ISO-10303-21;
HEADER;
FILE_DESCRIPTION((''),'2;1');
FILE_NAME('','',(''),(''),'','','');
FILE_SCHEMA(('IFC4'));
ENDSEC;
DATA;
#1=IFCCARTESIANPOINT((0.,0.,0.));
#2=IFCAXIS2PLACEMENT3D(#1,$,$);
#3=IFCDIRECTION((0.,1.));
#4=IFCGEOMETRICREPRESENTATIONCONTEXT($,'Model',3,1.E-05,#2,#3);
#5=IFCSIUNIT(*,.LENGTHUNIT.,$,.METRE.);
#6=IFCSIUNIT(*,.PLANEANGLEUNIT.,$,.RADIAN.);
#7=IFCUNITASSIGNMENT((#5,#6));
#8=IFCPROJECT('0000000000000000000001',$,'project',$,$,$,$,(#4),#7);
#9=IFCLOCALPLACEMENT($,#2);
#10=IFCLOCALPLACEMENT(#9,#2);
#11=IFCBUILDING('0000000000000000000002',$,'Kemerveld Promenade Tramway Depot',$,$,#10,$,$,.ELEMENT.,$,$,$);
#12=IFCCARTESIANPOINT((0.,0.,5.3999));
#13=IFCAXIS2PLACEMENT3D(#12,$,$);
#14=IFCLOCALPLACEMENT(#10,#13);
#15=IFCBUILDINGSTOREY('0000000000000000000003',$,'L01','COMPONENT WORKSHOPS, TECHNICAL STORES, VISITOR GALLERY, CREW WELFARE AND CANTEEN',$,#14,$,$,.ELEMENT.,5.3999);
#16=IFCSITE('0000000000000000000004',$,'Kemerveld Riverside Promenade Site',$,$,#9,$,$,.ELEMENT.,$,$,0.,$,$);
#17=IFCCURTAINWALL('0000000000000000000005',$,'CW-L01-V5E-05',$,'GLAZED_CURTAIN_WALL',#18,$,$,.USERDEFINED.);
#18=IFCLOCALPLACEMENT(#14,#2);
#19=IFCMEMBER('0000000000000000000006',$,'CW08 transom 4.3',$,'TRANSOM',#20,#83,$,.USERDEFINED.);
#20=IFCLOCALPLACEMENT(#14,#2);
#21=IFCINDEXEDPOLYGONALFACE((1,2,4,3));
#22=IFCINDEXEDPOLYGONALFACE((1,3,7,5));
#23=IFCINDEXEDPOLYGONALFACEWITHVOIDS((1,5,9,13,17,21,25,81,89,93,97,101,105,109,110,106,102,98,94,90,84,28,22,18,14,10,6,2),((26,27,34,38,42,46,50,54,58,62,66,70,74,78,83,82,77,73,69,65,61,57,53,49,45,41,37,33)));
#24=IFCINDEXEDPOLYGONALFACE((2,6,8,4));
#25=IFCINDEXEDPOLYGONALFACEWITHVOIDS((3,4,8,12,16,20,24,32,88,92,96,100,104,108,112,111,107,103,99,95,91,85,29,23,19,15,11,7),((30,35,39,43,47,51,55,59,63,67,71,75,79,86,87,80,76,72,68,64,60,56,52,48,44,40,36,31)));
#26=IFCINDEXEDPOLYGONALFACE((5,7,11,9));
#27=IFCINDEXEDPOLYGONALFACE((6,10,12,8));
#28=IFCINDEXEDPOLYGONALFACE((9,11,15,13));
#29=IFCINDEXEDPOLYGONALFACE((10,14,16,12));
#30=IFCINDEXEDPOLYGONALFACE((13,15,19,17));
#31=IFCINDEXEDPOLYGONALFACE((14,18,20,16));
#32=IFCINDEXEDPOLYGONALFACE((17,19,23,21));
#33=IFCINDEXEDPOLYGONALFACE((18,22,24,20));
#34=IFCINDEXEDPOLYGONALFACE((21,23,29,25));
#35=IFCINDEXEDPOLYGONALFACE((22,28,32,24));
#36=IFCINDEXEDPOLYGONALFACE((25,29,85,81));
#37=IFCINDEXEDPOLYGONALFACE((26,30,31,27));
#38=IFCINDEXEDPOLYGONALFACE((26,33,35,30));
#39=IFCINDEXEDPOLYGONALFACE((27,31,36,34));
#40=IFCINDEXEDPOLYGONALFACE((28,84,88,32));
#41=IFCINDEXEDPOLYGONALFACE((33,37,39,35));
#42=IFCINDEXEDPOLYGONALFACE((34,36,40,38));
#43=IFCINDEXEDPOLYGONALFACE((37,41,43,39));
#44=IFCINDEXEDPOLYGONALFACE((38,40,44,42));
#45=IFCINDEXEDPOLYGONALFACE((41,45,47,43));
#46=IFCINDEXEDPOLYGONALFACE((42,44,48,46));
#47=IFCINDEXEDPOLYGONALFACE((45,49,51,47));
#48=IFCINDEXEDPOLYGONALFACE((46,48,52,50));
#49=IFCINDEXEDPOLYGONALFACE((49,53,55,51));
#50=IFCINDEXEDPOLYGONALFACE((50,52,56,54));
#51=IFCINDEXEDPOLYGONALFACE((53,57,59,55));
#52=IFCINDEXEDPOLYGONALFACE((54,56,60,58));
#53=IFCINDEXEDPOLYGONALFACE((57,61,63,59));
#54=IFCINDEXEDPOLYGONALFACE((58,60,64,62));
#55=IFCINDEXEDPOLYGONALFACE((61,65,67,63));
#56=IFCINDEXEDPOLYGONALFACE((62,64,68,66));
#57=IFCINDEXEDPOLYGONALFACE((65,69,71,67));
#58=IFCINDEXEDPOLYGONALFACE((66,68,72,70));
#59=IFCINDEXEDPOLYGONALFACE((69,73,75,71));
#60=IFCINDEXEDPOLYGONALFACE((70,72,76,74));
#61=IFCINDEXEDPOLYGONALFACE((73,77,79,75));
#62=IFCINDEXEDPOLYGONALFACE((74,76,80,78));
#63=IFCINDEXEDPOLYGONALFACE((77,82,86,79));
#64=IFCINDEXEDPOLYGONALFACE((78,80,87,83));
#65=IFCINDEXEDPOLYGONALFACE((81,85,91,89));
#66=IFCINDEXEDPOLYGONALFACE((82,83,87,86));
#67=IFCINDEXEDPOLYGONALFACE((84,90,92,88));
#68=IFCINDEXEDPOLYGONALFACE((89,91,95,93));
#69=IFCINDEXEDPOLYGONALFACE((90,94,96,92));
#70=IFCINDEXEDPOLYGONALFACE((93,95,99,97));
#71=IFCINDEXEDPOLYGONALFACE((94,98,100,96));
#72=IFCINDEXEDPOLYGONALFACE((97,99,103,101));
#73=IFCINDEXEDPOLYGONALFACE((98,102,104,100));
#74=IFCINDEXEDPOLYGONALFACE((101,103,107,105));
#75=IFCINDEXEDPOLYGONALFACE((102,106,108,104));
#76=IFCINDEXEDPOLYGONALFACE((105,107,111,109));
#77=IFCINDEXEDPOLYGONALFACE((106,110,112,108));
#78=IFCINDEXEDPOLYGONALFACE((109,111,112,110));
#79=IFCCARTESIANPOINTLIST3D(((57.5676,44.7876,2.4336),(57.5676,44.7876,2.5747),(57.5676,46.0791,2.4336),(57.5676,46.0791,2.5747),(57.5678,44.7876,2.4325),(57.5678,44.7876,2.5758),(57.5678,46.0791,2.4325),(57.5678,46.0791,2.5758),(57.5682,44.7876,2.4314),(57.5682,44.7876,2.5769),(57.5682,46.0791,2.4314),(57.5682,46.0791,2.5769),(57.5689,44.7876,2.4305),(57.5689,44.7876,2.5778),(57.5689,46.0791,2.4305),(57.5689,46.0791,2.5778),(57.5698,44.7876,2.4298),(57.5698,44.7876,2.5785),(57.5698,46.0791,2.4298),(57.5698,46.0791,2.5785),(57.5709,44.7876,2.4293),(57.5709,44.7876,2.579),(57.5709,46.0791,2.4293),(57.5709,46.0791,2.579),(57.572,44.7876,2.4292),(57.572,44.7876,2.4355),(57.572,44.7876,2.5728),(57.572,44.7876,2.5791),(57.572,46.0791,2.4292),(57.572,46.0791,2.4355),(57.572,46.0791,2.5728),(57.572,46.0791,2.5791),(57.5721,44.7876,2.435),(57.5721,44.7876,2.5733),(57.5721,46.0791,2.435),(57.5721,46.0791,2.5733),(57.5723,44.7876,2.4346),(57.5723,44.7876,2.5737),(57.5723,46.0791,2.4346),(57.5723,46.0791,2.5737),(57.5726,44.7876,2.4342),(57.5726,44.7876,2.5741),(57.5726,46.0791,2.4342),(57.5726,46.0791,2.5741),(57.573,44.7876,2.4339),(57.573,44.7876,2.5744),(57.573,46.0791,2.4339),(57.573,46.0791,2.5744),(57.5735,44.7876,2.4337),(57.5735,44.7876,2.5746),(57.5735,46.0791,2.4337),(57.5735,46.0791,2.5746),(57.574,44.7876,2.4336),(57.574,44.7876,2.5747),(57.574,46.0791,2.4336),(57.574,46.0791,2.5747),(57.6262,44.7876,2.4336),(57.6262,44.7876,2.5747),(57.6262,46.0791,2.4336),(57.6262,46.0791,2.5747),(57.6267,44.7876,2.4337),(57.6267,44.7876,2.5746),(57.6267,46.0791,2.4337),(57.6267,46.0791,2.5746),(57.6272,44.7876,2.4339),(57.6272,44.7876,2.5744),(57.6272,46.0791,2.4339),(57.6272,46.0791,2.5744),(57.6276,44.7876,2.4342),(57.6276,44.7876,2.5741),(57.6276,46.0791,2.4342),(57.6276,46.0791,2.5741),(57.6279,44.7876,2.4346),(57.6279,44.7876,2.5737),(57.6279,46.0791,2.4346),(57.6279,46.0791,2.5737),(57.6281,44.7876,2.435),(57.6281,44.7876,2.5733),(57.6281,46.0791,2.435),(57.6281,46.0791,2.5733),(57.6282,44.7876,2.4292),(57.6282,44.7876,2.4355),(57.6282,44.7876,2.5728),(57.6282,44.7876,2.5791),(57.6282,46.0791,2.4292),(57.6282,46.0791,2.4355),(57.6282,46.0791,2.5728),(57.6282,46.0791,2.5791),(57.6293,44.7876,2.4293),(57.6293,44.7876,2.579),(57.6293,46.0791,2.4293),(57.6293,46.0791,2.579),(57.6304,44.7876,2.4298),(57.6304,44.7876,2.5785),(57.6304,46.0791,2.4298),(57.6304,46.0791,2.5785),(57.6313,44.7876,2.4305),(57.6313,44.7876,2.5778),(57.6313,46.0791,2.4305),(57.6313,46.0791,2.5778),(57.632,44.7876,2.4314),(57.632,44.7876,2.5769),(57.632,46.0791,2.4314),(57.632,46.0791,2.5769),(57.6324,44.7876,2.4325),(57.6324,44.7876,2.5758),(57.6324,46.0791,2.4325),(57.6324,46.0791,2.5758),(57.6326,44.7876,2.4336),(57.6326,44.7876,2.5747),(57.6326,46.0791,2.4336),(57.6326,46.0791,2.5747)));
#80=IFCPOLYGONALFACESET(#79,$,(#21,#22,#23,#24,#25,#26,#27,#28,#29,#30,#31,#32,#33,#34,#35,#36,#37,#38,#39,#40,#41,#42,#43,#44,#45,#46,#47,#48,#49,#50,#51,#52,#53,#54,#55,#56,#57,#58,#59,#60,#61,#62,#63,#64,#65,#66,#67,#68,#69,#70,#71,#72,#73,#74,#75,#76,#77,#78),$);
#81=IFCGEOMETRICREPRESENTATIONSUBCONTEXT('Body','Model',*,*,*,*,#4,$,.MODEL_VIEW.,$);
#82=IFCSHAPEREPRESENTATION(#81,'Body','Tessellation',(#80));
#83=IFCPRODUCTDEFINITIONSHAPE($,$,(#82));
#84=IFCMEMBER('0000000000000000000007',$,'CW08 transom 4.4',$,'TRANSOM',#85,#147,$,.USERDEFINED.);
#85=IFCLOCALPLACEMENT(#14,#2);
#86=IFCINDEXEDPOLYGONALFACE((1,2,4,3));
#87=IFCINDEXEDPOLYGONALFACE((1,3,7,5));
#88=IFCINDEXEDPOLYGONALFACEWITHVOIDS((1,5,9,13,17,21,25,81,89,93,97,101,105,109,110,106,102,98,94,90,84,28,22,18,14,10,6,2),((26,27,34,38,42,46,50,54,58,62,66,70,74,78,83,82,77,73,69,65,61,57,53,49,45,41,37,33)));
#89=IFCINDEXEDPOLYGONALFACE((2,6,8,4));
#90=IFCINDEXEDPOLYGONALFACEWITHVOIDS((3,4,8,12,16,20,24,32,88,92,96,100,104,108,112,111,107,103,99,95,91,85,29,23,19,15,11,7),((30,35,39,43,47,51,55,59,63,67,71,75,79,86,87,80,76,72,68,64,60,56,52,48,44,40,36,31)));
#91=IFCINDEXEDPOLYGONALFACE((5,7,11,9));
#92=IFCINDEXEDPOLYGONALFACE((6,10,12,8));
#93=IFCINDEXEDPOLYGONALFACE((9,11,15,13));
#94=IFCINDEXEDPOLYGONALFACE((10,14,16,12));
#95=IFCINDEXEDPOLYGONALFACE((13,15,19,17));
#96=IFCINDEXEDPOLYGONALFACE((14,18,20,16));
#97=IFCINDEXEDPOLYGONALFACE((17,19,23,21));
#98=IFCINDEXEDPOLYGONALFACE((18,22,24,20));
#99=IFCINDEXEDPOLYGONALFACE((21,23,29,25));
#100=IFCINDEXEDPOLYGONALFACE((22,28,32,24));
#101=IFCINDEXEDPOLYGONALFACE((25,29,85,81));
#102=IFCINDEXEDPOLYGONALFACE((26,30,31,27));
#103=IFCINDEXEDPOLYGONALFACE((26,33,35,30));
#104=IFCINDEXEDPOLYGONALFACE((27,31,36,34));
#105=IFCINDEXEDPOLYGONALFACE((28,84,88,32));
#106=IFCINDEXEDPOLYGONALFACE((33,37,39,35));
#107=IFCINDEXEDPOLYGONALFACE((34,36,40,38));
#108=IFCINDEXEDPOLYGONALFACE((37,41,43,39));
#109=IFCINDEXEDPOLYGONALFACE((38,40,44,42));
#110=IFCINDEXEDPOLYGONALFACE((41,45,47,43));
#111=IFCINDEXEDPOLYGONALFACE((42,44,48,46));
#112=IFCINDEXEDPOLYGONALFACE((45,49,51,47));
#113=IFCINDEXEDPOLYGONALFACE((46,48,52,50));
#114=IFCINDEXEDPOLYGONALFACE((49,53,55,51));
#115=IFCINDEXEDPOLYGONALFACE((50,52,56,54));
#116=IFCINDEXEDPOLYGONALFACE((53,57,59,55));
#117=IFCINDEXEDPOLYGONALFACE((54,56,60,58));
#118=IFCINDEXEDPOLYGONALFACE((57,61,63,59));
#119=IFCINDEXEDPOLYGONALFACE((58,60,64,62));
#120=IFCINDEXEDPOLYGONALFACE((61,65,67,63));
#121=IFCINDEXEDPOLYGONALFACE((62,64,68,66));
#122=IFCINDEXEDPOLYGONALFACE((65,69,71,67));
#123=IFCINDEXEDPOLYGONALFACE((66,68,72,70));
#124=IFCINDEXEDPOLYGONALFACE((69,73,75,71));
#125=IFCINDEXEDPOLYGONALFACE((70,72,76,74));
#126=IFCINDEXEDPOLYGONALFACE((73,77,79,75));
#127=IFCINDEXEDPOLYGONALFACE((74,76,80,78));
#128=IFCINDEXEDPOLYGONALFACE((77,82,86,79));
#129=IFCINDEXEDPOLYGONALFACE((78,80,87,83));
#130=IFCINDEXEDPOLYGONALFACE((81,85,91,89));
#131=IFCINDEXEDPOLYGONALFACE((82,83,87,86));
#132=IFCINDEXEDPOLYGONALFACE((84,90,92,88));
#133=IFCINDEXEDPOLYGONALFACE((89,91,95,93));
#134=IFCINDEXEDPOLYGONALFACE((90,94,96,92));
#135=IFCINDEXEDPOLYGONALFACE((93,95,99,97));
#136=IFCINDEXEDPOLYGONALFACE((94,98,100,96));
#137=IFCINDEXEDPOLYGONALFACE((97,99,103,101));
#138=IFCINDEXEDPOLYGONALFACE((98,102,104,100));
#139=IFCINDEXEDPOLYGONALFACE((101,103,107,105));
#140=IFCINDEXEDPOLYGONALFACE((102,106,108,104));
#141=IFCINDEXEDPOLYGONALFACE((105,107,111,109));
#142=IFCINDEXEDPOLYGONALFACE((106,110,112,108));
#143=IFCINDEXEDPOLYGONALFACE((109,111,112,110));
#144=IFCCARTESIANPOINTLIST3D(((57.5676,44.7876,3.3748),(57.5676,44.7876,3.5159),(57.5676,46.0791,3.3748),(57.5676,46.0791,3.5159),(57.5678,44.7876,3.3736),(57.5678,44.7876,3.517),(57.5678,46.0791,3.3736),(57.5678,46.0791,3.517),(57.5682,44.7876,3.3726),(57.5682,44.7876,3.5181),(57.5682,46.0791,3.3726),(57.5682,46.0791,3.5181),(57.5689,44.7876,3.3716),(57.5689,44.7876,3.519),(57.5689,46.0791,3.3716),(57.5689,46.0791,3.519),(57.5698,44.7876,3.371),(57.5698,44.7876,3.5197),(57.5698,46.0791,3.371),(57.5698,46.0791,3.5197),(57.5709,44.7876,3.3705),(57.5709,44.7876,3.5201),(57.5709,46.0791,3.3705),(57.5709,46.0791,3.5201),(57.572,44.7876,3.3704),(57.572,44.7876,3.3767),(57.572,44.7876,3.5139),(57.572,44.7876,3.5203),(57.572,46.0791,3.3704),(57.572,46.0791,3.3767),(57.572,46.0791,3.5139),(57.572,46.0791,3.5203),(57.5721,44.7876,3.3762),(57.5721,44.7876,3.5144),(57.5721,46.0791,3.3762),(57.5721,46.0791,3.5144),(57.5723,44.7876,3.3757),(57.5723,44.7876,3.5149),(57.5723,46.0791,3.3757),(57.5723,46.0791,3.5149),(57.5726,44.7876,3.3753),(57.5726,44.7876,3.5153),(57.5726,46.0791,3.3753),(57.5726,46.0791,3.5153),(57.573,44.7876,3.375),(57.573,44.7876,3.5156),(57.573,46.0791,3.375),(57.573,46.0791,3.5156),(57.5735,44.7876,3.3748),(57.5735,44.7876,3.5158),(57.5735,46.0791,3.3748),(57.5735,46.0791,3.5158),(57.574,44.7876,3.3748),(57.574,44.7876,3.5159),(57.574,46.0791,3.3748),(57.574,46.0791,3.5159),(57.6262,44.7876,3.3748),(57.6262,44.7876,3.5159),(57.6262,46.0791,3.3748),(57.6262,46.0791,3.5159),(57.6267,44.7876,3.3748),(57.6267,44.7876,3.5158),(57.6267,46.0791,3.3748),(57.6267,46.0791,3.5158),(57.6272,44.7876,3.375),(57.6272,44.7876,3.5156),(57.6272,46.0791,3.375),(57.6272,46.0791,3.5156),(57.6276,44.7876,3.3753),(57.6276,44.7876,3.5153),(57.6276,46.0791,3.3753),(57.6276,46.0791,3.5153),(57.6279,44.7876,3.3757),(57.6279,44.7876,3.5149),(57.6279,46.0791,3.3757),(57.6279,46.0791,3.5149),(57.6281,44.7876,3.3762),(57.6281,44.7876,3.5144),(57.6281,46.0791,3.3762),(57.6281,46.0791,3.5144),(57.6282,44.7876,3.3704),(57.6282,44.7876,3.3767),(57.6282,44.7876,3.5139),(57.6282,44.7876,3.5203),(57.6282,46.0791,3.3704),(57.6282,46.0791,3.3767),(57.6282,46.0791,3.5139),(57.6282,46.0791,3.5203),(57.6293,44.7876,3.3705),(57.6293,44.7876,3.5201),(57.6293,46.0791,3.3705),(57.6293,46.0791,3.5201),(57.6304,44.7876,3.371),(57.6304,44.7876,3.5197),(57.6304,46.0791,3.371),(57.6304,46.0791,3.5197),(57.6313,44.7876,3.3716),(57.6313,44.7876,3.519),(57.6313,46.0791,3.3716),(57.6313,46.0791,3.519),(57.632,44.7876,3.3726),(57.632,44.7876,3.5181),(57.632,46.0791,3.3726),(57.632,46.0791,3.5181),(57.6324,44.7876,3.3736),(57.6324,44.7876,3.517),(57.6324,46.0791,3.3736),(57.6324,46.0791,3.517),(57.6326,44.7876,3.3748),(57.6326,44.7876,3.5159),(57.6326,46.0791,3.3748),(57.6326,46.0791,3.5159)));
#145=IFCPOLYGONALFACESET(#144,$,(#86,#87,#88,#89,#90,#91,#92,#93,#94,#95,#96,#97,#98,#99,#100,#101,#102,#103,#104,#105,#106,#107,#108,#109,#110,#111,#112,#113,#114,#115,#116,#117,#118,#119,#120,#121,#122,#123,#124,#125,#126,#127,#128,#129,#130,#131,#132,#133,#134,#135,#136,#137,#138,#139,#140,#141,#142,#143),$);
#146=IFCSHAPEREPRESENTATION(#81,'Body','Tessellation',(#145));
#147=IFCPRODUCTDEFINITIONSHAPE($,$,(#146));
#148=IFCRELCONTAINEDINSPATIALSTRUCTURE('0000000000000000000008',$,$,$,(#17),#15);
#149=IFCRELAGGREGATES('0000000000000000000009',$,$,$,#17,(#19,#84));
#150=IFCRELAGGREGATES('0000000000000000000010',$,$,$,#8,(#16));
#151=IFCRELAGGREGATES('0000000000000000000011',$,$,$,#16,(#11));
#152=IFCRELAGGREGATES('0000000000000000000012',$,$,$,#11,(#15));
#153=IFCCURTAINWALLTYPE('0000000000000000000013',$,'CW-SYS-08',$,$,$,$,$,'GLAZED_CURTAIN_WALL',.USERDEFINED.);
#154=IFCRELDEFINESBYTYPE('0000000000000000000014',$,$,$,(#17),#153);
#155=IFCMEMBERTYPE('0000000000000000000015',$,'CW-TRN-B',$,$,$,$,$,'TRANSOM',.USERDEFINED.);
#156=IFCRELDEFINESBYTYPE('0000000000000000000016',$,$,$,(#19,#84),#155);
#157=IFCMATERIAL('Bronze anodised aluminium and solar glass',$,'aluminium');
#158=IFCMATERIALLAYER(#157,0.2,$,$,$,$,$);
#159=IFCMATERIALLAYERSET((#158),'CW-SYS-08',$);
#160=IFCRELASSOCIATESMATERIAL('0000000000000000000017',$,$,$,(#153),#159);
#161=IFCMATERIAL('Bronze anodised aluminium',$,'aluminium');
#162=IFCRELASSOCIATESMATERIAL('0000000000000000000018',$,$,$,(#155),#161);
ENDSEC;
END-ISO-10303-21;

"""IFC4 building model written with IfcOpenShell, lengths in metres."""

from ifc_helpers import new_model, si_unit, direction, frame, origin, origin_2d, place, context, subcontext, project, spatial, hollow_rectangle, extrude, material, layer, layer_set, material_profile, profile_set, type_object, element, aggregate, save


model = new_model("IFC4")

# Units and contexts
model_context = context("Model", 3, precision=1e-05, world=origin(), true_north=direction((0.0, 1.0)))
body_context = subcontext(model_context, "Body", "Model", "MODEL_VIEW")
ifc_project = project(units=[si_unit("LENGTHUNIT", "METRE"), si_unit("PLANEANGLEUNIT", "RADIAN")], contexts=[model_context])

# Site, building, storey
site_placement = place(None, origin())
site = spatial("IfcSite", under=ifc_project, at=site_placement, Name="Kemerveld Riverside Promenade Site", CompositionType="ELEMENT", RefElevation=0.0)
building_placement = place(site_placement, origin())
building = spatial("IfcBuilding", under=site, at=building_placement, Name="Kemerveld Promenade Tramway Depot", CompositionType="ELEMENT")
storey_placement = place(building_placement, frame((0.0, 0.0, 5.3999)))
storey = spatial("IfcBuildingStorey", under=building, at=storey_placement, Name="L01", Description="COMPONENT WORKSHOPS, TECHNICAL STORES, VISITOR GALLERY, CREW WELFARE AND CANTEEN", CompositionType="ELEMENT", Elevation=5.3999)

# Curtain wall, members
ifc_material_1 = material(Name="Bronze anodised aluminium and solar glass", Category="aluminium")
ifc_layer_1 = layer(ifc_material_1, 0.2)
ifc_layer_set_1 = layer_set([ifc_layer_1], Name="CW-SYS-08")
curtain_wall_type = type_object("IfcCurtainWallType", Name="CW-SYS-08", ElementType="GLAZED_CURTAIN_WALL", PredefinedType="USERDEFINED", material=ifc_layer_set_1)
curtain_wall_placement = place(storey_placement, origin())
curtain_wall = element("IfcCurtainWall", 1, at=curtain_wall_placement, inside=storey, type_object=curtain_wall_type, Name="CW-L01-V5E-05", ObjectType="GLAZED_CURTAIN_WALL", PredefinedType="USERDEFINED")
ifc_material_2 = material(Name="Bronze anodised aluminium", Category="aluminium")
ifc_material_profile_1 = material_profile(ifc_material_2, hollow_rectangle(XDim=0.0649, YDim=0.1499, WallThickness=0.0044, InnerFilletRadius=0.002, OuterFilletRadius=0.0044, at=origin_2d()), Name="CW-TRN-150x65")
ifc_profile_set_1 = profile_set([ifc_material_profile_1], Name="Bronze anodised aluminium")
member_type_1 = type_object("IfcMemberType", Name="CW-TRN-B", ElementType="TRANSOM", PredefinedType="USERDEFINED", material=ifc_profile_set_1)
member_1_placement = place(storey_placement, frame((57.6001, 46.0791, 2.5042), z_axis=(0.0, -1.0, 0.0), x_axis=(1.0, 0.0, 0.0)))
member_1 = element("IfcMember", 2, at=member_1_placement, type_object=member_type_1, Name="CW08 transom 4.3", ObjectType="TRANSOM", PredefinedType="USERDEFINED", context=body_context, shape_type="SweptSolid", body=[
    extrude(hollow_rectangle(XDim=0.0649, YDim=0.1499, WallThickness=0.0044, InnerFilletRadius=0.002, OuterFilletRadius=0.0044, at=origin_2d()), origin(), (0.0, 0.0, 1.0), 1.2915),
])
member_2_placement = place(storey_placement, frame((57.6001, 46.0791, 3.4453), z_axis=(0.0, -1.0, 0.0), x_axis=(1.0, 0.0, 0.0)))
member_2 = element("IfcMember", 3, at=member_2_placement, type_object=member_type_1, Name="CW08 transom 4.4", ObjectType="TRANSOM", PredefinedType="USERDEFINED", context=body_context, shape_type="SweptSolid", body=[
    extrude(hollow_rectangle(XDim=0.0649, YDim=0.1499, WallThickness=0.0044, InnerFilletRadius=0.002, OuterFilletRadius=0.0044, at=origin_2d()), origin(), (0.0, 0.0, 1.0), 1.2915),
])
aggregate(curtain_wall, [member_1, member_2])

save(model, "model.ifc")
